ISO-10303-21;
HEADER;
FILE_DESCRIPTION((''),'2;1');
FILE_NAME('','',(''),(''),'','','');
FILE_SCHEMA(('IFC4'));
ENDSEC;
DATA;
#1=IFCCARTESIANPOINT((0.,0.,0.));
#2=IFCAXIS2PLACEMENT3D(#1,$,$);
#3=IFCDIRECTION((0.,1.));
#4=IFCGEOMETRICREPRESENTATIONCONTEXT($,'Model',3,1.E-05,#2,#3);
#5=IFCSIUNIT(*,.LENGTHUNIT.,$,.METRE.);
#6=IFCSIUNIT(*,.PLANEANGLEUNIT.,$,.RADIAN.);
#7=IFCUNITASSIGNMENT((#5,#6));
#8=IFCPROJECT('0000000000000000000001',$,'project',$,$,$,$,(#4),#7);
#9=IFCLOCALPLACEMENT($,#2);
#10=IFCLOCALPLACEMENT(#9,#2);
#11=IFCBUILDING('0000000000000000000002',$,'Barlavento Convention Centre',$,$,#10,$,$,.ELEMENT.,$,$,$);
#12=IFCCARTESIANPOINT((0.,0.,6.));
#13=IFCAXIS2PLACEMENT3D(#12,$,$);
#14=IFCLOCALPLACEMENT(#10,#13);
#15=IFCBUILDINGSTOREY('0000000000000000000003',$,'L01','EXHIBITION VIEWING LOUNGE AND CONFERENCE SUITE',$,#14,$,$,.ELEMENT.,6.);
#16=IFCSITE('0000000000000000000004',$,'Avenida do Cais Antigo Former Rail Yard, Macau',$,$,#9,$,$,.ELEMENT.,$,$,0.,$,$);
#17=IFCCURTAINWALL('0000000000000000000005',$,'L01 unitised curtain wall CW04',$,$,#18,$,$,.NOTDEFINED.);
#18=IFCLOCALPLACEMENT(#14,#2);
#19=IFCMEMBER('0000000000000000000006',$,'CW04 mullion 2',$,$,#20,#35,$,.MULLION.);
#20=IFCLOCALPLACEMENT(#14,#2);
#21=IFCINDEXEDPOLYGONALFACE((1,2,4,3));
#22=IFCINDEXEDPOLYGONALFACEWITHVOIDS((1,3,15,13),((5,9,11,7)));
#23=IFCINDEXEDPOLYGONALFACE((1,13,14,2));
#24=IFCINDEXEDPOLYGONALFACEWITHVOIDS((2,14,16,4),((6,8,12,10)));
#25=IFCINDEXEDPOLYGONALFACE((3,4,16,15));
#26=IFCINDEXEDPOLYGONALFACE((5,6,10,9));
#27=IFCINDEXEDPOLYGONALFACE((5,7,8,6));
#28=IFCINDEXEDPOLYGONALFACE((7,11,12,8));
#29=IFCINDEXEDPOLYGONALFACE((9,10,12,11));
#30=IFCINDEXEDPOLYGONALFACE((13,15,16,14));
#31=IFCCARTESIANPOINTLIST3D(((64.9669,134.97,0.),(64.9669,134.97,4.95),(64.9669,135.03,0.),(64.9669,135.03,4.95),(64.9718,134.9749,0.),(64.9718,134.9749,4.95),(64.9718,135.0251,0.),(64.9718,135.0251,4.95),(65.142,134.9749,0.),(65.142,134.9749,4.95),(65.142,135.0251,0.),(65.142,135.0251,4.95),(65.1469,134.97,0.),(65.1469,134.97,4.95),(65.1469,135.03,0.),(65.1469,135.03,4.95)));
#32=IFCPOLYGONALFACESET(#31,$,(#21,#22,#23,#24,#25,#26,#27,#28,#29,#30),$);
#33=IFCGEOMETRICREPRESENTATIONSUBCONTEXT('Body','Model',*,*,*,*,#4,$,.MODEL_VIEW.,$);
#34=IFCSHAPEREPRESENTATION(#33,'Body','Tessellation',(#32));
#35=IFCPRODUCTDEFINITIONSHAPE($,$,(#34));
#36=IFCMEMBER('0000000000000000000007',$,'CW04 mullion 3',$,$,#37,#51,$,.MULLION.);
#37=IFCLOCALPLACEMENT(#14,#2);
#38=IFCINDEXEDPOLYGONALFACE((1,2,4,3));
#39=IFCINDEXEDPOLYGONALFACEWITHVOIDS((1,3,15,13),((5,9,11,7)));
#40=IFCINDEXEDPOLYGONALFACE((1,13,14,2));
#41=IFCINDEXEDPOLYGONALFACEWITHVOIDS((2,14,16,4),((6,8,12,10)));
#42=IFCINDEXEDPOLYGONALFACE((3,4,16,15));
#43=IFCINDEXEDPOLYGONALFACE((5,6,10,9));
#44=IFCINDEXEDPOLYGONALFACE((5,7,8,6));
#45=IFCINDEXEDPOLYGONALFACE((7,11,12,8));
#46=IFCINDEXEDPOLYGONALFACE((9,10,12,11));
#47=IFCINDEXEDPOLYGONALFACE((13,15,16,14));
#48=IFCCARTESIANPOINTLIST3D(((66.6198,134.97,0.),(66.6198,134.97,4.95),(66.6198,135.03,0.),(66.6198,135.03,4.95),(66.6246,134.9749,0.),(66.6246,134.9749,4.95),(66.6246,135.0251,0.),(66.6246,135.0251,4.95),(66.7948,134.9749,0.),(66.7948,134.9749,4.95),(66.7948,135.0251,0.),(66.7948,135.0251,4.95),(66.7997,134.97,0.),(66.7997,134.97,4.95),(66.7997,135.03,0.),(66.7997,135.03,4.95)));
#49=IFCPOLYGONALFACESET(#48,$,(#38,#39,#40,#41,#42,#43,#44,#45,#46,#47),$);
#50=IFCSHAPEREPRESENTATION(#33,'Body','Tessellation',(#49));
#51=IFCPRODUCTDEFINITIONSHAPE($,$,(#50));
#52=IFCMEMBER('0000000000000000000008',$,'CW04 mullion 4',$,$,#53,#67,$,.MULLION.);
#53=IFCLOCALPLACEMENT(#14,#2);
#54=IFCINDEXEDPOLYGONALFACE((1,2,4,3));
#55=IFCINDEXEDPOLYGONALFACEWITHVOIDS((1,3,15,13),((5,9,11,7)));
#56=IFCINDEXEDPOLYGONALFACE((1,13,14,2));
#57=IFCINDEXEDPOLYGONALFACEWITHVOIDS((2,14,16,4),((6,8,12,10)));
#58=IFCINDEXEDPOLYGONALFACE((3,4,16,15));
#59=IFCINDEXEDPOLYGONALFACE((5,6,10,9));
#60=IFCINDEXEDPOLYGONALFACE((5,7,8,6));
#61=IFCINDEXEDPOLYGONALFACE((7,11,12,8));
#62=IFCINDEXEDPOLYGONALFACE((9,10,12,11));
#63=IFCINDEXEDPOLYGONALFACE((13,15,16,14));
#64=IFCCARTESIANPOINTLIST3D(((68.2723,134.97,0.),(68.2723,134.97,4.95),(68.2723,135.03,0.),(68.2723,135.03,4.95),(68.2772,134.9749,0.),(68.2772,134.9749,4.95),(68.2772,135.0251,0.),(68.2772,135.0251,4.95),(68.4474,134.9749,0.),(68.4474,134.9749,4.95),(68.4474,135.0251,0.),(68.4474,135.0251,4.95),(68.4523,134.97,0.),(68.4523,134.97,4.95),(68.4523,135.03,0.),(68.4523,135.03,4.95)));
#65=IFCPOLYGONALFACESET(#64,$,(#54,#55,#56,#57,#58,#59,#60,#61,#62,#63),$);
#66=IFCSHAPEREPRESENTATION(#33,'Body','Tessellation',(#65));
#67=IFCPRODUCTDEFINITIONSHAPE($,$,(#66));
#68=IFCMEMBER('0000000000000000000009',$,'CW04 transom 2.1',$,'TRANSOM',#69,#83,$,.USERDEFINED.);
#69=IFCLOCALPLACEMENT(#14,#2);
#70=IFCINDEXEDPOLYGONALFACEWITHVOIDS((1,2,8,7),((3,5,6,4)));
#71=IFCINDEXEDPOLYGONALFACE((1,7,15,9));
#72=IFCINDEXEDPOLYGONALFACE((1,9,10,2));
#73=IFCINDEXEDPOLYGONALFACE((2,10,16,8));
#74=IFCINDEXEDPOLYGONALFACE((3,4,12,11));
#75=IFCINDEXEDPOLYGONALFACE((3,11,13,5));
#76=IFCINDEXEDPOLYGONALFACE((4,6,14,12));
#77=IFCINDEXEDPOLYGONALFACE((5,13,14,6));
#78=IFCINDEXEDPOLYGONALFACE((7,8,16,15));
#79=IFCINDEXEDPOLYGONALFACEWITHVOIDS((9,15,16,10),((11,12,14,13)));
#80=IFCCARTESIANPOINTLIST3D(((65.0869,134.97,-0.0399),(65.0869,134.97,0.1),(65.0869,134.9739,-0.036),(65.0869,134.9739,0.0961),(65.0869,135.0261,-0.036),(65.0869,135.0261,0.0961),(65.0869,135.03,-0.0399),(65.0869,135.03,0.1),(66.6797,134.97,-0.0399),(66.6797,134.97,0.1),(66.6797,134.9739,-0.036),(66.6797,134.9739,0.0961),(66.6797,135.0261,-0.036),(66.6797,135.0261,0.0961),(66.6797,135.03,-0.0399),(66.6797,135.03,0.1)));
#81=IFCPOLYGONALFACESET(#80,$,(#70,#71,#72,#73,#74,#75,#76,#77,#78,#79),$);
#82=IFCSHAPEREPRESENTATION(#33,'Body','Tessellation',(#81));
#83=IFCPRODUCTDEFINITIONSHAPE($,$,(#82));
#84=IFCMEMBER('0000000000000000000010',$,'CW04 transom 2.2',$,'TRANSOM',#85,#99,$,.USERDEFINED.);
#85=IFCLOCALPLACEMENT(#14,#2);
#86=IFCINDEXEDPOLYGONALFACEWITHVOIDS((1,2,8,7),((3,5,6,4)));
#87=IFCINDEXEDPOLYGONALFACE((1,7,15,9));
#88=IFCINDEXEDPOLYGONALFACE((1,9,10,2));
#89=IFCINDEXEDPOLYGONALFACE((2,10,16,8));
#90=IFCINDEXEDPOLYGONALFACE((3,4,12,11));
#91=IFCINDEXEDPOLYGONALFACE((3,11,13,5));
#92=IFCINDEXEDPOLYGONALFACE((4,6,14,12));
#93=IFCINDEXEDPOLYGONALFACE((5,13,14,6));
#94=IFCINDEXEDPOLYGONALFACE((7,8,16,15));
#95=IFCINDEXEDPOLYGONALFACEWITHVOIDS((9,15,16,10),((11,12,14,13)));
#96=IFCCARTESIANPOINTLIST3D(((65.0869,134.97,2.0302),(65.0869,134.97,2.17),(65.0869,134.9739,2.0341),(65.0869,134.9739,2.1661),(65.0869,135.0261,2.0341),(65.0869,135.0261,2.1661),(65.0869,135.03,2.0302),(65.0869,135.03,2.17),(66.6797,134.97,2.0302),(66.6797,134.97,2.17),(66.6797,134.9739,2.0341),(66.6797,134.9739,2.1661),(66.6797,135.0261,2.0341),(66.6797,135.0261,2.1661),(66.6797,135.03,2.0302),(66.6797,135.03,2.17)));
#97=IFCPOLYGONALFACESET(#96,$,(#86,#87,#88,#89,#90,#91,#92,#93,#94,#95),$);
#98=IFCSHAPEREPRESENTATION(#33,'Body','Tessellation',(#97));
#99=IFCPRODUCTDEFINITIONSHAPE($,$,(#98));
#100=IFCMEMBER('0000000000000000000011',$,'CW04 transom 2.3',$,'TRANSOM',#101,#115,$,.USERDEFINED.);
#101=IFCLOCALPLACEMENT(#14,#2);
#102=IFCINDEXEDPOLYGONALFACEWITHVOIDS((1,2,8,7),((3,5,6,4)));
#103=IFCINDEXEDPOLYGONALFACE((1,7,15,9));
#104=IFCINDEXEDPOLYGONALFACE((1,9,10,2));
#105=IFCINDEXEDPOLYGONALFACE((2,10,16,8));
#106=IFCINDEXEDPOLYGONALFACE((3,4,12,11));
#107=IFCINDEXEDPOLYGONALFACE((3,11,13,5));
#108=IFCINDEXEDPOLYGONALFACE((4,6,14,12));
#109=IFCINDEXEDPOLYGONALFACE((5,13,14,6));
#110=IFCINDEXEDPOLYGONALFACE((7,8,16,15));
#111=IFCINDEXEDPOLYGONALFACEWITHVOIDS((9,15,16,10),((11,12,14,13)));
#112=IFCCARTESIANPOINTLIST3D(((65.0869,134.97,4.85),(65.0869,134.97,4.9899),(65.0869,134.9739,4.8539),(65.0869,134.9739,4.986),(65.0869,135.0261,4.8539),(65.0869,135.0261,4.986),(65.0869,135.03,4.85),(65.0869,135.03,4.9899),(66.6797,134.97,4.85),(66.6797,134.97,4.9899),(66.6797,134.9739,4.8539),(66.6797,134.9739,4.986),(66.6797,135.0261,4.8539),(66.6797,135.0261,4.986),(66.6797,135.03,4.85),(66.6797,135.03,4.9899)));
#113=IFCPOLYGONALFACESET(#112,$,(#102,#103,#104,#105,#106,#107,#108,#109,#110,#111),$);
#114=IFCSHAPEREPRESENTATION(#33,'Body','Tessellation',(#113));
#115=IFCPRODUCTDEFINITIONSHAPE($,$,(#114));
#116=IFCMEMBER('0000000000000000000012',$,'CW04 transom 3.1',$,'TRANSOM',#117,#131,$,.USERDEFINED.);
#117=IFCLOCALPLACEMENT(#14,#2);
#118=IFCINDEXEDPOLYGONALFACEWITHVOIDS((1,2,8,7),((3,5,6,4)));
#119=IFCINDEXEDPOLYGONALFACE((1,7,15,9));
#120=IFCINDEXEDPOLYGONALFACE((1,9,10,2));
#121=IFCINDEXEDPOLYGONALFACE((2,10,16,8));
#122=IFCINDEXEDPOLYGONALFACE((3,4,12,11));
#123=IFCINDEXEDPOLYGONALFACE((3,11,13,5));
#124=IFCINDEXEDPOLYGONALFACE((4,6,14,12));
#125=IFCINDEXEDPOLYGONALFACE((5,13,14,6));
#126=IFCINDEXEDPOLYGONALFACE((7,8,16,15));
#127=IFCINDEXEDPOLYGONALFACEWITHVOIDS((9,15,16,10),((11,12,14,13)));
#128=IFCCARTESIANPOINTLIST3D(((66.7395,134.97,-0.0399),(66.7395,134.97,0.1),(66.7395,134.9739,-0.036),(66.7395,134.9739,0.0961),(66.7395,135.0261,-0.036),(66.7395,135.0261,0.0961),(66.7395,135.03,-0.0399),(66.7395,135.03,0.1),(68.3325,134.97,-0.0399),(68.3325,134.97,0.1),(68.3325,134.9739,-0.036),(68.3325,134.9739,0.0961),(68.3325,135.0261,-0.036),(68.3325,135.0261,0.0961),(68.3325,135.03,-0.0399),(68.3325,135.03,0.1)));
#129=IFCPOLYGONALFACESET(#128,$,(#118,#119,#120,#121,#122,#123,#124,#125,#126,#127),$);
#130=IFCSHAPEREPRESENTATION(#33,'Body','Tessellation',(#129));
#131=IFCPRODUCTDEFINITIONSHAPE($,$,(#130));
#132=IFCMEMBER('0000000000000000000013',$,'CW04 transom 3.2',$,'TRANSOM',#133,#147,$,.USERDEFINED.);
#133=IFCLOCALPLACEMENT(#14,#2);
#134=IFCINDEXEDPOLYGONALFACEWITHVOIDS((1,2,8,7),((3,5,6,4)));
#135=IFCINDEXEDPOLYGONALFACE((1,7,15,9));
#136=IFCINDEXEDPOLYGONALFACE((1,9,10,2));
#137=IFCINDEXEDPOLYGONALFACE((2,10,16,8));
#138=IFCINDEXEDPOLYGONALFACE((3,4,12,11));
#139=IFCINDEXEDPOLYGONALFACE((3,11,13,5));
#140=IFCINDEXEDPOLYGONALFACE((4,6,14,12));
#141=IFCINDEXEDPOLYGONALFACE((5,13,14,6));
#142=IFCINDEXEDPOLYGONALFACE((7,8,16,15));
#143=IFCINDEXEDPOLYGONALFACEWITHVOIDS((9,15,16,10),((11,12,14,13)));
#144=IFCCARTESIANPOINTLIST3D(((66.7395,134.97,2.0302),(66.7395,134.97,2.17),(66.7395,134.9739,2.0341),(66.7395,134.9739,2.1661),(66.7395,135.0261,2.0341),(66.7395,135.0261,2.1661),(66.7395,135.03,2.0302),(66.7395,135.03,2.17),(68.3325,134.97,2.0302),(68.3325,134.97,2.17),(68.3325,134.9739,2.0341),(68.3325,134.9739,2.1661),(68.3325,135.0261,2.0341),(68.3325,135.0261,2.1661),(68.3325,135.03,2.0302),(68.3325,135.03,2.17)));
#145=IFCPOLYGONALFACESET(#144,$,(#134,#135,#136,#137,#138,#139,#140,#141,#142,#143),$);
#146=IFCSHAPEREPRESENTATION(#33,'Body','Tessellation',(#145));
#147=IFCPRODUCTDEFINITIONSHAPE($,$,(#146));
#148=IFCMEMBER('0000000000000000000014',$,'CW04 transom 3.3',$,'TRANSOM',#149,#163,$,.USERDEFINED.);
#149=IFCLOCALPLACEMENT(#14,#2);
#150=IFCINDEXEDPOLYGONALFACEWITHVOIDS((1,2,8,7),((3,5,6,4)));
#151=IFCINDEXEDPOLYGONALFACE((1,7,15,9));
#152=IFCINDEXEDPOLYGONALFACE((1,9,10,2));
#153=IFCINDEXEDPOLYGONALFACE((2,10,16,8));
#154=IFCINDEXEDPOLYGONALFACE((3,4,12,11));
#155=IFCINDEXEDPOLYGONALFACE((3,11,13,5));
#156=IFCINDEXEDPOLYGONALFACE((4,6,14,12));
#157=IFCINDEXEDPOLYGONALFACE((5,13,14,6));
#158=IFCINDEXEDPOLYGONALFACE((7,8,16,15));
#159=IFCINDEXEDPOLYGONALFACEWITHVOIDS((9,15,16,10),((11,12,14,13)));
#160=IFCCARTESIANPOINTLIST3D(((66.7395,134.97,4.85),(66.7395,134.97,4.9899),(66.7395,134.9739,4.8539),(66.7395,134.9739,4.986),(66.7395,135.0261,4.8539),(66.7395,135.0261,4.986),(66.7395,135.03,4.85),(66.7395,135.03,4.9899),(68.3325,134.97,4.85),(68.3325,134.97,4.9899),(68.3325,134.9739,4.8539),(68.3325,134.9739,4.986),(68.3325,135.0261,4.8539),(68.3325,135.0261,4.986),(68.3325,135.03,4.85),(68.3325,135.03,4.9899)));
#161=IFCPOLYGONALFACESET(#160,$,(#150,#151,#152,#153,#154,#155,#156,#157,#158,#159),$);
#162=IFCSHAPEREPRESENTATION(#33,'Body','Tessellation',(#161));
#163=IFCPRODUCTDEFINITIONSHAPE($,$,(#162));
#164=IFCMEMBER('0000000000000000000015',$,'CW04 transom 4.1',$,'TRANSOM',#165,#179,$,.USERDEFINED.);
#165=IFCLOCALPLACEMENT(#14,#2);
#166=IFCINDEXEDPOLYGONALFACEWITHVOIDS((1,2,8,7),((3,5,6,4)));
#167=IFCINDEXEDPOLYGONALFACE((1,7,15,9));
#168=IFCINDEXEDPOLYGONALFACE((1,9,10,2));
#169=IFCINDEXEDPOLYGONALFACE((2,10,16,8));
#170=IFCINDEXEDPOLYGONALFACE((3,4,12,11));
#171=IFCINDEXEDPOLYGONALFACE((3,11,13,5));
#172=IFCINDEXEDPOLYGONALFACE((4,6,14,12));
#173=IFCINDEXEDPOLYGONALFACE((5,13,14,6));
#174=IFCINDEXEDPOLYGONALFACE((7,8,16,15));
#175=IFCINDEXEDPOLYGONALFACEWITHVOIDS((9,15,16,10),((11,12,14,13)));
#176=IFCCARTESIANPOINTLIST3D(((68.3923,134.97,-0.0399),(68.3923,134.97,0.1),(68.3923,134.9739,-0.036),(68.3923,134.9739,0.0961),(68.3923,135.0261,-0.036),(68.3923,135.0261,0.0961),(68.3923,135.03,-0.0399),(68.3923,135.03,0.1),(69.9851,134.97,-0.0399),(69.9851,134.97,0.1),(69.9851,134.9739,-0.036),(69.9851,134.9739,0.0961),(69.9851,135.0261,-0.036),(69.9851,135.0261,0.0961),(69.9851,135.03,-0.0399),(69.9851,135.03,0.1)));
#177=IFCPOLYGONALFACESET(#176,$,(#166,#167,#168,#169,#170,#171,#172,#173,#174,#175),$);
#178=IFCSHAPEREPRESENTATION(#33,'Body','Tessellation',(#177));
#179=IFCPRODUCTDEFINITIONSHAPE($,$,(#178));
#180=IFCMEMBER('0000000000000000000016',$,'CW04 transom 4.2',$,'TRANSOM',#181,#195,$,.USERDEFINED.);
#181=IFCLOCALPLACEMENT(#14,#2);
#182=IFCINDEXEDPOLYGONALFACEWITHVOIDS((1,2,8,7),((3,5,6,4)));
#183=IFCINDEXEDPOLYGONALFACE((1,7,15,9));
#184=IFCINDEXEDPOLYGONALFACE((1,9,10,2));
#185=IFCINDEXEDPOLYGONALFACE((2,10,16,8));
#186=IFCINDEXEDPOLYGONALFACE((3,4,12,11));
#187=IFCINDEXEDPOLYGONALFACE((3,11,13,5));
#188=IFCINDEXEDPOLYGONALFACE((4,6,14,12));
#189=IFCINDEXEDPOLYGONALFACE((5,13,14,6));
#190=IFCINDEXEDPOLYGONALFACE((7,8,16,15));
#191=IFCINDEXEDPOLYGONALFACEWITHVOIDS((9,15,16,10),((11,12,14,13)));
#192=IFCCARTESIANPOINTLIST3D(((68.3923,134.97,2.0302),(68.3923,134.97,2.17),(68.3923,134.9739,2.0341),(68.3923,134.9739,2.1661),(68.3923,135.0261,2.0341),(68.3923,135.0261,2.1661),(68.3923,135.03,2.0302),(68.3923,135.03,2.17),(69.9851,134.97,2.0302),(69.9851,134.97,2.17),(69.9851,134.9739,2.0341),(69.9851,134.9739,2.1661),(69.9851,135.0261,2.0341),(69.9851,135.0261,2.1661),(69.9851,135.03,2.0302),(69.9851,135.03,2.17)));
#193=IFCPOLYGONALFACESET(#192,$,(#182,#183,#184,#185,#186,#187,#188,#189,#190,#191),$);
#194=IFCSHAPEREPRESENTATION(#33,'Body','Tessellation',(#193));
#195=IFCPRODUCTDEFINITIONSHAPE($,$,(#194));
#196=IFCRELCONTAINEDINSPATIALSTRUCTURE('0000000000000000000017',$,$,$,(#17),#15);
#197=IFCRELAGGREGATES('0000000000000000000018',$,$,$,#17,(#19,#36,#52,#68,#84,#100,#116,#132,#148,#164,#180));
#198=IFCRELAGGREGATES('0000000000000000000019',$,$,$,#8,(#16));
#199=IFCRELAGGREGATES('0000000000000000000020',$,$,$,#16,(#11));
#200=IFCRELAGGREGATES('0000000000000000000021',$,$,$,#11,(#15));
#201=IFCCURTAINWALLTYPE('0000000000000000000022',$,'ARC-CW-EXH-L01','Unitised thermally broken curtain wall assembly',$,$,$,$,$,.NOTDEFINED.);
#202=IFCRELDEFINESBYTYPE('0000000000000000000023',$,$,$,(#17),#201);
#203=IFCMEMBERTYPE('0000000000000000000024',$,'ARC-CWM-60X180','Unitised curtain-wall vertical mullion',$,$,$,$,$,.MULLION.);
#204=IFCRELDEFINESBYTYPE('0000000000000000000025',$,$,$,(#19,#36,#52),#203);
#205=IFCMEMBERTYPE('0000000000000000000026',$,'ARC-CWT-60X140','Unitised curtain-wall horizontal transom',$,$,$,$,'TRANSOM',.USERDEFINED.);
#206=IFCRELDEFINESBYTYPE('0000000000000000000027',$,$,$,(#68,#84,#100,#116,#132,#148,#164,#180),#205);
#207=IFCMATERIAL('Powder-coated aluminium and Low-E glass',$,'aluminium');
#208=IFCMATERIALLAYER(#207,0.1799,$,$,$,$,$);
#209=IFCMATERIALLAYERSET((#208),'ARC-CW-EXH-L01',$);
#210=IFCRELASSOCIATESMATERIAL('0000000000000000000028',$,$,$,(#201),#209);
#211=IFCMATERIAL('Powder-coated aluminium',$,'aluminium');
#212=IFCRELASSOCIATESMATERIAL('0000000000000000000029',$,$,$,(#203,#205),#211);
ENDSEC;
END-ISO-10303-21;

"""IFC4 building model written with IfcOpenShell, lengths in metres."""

from ifc_helpers import new_model, si_unit, direction, frame, origin, origin_2d, place, context, subcontext, project, spatial, hollow_rectangle, extrude, material, layer, layer_set, material_profile, profile_set, type_object, element, aggregate, save


model = new_model("IFC4")

# Units and contexts
model_context = context("Model", 3, precision=1e-05, world=origin(), true_north=direction((0.0, 1.0)))
body_context = subcontext(model_context, "Body", "Model", "MODEL_VIEW")
ifc_project = project(units=[si_unit("LENGTHUNIT", "METRE"), si_unit("PLANEANGLEUNIT", "RADIAN")], contexts=[model_context])

# Site, building, storey
site_placement = place(None, origin())
site = spatial("IfcSite", under=ifc_project, at=site_placement, Name="Avenida do Cais Antigo Former Rail Yard, Macau", CompositionType="ELEMENT", RefElevation=0.0)
building_placement = place(site_placement, origin())
building = spatial("IfcBuilding", under=site, at=building_placement, Name="Barlavento Convention Centre", CompositionType="ELEMENT")
storey_placement = place(building_placement, frame((0.0, 0.0, 6.0)))
storey = spatial("IfcBuildingStorey", under=building, at=storey_placement, Name="L01", Description="EXHIBITION VIEWING LOUNGE AND CONFERENCE SUITE", CompositionType="ELEMENT", Elevation=6.0)

# Curtain wall, members
ifc_material_1 = material(Name="Powder-coated aluminium and Low-E glass", Category="aluminium")
ifc_layer_1 = layer(ifc_material_1, 0.1799)
ifc_layer_set_1 = layer_set([ifc_layer_1], Name="ARC-CW-EXH-L01")
curtain_wall_type = type_object("IfcCurtainWallType", Name="ARC-CW-EXH-L01", Description="Unitised thermally broken curtain wall assembly", PredefinedType="NOTDEFINED", material=ifc_layer_set_1)
curtain_wall_placement = place(storey_placement, origin())
curtain_wall = element("IfcCurtainWall", 1, at=curtain_wall_placement, inside=storey, type_object=curtain_wall_type, Name="L01 unitised curtain wall CW04", PredefinedType="NOTDEFINED")
ifc_material_2 = material(Name="Powder-coated aluminium", Category="aluminium")
ifc_material_profile_1 = material_profile(ifc_material_2, hollow_rectangle(XDim=0.0601, YDim=0.1799, WallThickness=0.0049, at=origin_2d()), Name="AL-MULL 60x180x5")
ifc_profile_set_1 = profile_set([ifc_material_profile_1], Name="Powder-coated aluminium")
member_type_1 = type_object("IfcMemberType", Name="ARC-CWM-60X180", Description="Unitised curtain-wall vertical mullion", PredefinedType="MULLION", material=ifc_profile_set_1)
member_1_placement = place(storey_placement, frame((65.0569, 135.0, 0.0), z_axis=(0.0, 0.0, 1.0), x_axis=(0.0, 1.0, 0.0)))
member_1 = element("IfcMember", 2, at=member_1_placement, type_object=member_type_1, Name="CW04 mullion 2", PredefinedType="MULLION", context=body_context, shape_type="SweptSolid", body=[
    extrude(hollow_rectangle(XDim=0.0601, YDim=0.1799, WallThickness=0.0049, at=origin_2d()), origin(), (0.0, 0.0, 1.0), 4.95),
])
member_2_placement = place(storey_placement, frame((66.7097, 135.0, 0.0), z_axis=(0.0, 0.0, 1.0), x_axis=(0.0, 1.0, 0.0)))
member_2 = element("IfcMember", 3, at=member_2_placement, type_object=member_type_1, Name="CW04 mullion 3", PredefinedType="MULLION", context=body_context, shape_type="SweptSolid", body=[
    extrude(hollow_rectangle(XDim=0.0601, YDim=0.1799, WallThickness=0.0049, at=origin_2d()), origin(), (0.0, 0.0, 1.0), 4.95),
])
member_3_placement = place(storey_placement, frame((68.3623, 135.0, 0.0), z_axis=(0.0, 0.0, 1.0), x_axis=(0.0, 1.0, 0.0)))
member_3 = element("IfcMember", 4, at=member_3_placement, type_object=member_type_1, Name="CW04 mullion 4", PredefinedType="MULLION", context=body_context, shape_type="SweptSolid", body=[
    extrude(hollow_rectangle(XDim=0.0601, YDim=0.1799, WallThickness=0.0049, at=origin_2d()), origin(), (0.0, 0.0, 1.0), 4.95),
])
ifc_material_profile_2 = material_profile(ifc_material_2, hollow_rectangle(XDim=0.0601, YDim=0.1399, WallThickness=0.0039, at=origin_2d()), Name="AL-TRAN 60x140x4")
ifc_profile_set_2 = profile_set([ifc_material_profile_2], Name="Powder-coated aluminium")
member_type_2 = type_object("IfcMemberType", Name="ARC-CWT-60X140", Description="Unitised curtain-wall horizontal transom", ElementType="TRANSOM", PredefinedType="USERDEFINED", material=ifc_profile_set_2)
member_4_placement = place(storey_placement, frame((65.0869, 135.0, 0.03), z_axis=(1.0, 0.0, 0.0), x_axis=(0.0, 1.0, 0.0)))
member_4 = element("IfcMember", 5, at=member_4_placement, type_object=member_type_2, Name="CW04 transom 2.1", ObjectType="TRANSOM", PredefinedType="USERDEFINED", context=body_context, shape_type="SweptSolid", body=[
    extrude(hollow_rectangle(XDim=0.0601, YDim=0.1399, WallThickness=0.0039, at=origin_2d()), origin(), (0.0, 0.0, 1.0), 1.5928),
])
member_5_placement = place(storey_placement, frame((65.0869, 135.0, 2.1001), z_axis=(1.0, 0.0, 0.0), x_axis=(0.0, 1.0, 0.0)))
member_5 = element("IfcMember", 6, at=member_5_placement, type_object=member_type_2, Name="CW04 transom 2.2", ObjectType="TRANSOM", PredefinedType="USERDEFINED", context=body_context, shape_type="SweptSolid", body=[
    extrude(hollow_rectangle(XDim=0.0601, YDim=0.1399, WallThickness=0.0039, at=origin_2d()), origin(), (0.0, 0.0, 1.0), 1.5928),
])
member_6_placement = place(storey_placement, frame((65.0869, 135.0, 4.9199), z_axis=(1.0, 0.0, 0.0), x_axis=(0.0, 1.0, 0.0)))
member_6 = element("IfcMember", 7, at=member_6_placement, type_object=member_type_2, Name="CW04 transom 2.3", ObjectType="TRANSOM", PredefinedType="USERDEFINED", context=body_context, shape_type="SweptSolid", body=[
    extrude(hollow_rectangle(XDim=0.0601, YDim=0.1399, WallThickness=0.0039, at=origin_2d()), origin(), (0.0, 0.0, 1.0), 1.5928),
])
member_7_placement = place(storey_placement, frame((66.7395, 135.0, 0.03), z_axis=(1.0, 0.0, 0.0), x_axis=(0.0, 1.0, 0.0)))
member_7 = element("IfcMember", 8, at=member_7_placement, type_object=member_type_2, Name="CW04 transom 3.1", ObjectType="TRANSOM", PredefinedType="USERDEFINED", context=body_context, shape_type="SweptSolid", body=[
    extrude(hollow_rectangle(XDim=0.0601, YDim=0.1399, WallThickness=0.0039, at=origin_2d()), origin(), (0.0, 0.0, 1.0), 1.593),
])
member_8_placement = place(storey_placement, frame((66.7395, 135.0, 2.1001), z_axis=(1.0, 0.0, 0.0), x_axis=(0.0, 1.0, 0.0)))
member_8 = element("IfcMember", 9, at=member_8_placement, type_object=member_type_2, Name="CW04 transom 3.2", ObjectType="TRANSOM", PredefinedType="USERDEFINED", context=body_context, shape_type="SweptSolid", body=[
    extrude(hollow_rectangle(XDim=0.0601, YDim=0.1399, WallThickness=0.0039, at=origin_2d()), origin(), (0.0, 0.0, 1.0), 1.593),
])
member_9_placement = place(storey_placement, frame((66.7395, 135.0, 4.9199), z_axis=(1.0, 0.0, 0.0), x_axis=(0.0, 1.0, 0.0)))
member_9 = element("IfcMember", 10, at=member_9_placement, type_object=member_type_2, Name="CW04 transom 3.3", ObjectType="TRANSOM", PredefinedType="USERDEFINED", context=body_context, shape_type="SweptSolid", body=[
    extrude(hollow_rectangle(XDim=0.0601, YDim=0.1399, WallThickness=0.0039, at=origin_2d()), origin(), (0.0, 0.0, 1.0), 1.593),
])
member_10_placement = place(storey_placement, frame((68.3923, 135.0, 0.03), z_axis=(1.0, 0.0, 0.0), x_axis=(0.0, 1.0, 0.0)))
member_10 = element("IfcMember", 11, at=member_10_placement, type_object=member_type_2, Name="CW04 transom 4.1", ObjectType="TRANSOM", PredefinedType="USERDEFINED", context=body_context, shape_type="SweptSolid", body=[
    extrude(hollow_rectangle(XDim=0.0601, YDim=0.1399, WallThickness=0.0039, at=origin_2d()), origin(), (0.0, 0.0, 1.0), 1.5928),
])
member_11_placement = place(storey_placement, frame((68.3923, 135.0, 2.1001), z_axis=(1.0, 0.0, 0.0), x_axis=(0.0, 1.0, 0.0)))
member_11 = element("IfcMember", 12, at=member_11_placement, type_object=member_type_2, Name="CW04 transom 4.2", ObjectType="TRANSOM", PredefinedType="USERDEFINED", context=body_context, shape_type="SweptSolid", body=[
    extrude(hollow_rectangle(XDim=0.0601, YDim=0.1399, WallThickness=0.0039, at=origin_2d()), origin(), (0.0, 0.0, 1.0), 1.5928),
])
aggregate(curtain_wall, [member_1, member_2, member_3, member_4, member_5, member_6, member_7, member_8, member_9, member_10, member_11])

save(model, "model.ifc")
